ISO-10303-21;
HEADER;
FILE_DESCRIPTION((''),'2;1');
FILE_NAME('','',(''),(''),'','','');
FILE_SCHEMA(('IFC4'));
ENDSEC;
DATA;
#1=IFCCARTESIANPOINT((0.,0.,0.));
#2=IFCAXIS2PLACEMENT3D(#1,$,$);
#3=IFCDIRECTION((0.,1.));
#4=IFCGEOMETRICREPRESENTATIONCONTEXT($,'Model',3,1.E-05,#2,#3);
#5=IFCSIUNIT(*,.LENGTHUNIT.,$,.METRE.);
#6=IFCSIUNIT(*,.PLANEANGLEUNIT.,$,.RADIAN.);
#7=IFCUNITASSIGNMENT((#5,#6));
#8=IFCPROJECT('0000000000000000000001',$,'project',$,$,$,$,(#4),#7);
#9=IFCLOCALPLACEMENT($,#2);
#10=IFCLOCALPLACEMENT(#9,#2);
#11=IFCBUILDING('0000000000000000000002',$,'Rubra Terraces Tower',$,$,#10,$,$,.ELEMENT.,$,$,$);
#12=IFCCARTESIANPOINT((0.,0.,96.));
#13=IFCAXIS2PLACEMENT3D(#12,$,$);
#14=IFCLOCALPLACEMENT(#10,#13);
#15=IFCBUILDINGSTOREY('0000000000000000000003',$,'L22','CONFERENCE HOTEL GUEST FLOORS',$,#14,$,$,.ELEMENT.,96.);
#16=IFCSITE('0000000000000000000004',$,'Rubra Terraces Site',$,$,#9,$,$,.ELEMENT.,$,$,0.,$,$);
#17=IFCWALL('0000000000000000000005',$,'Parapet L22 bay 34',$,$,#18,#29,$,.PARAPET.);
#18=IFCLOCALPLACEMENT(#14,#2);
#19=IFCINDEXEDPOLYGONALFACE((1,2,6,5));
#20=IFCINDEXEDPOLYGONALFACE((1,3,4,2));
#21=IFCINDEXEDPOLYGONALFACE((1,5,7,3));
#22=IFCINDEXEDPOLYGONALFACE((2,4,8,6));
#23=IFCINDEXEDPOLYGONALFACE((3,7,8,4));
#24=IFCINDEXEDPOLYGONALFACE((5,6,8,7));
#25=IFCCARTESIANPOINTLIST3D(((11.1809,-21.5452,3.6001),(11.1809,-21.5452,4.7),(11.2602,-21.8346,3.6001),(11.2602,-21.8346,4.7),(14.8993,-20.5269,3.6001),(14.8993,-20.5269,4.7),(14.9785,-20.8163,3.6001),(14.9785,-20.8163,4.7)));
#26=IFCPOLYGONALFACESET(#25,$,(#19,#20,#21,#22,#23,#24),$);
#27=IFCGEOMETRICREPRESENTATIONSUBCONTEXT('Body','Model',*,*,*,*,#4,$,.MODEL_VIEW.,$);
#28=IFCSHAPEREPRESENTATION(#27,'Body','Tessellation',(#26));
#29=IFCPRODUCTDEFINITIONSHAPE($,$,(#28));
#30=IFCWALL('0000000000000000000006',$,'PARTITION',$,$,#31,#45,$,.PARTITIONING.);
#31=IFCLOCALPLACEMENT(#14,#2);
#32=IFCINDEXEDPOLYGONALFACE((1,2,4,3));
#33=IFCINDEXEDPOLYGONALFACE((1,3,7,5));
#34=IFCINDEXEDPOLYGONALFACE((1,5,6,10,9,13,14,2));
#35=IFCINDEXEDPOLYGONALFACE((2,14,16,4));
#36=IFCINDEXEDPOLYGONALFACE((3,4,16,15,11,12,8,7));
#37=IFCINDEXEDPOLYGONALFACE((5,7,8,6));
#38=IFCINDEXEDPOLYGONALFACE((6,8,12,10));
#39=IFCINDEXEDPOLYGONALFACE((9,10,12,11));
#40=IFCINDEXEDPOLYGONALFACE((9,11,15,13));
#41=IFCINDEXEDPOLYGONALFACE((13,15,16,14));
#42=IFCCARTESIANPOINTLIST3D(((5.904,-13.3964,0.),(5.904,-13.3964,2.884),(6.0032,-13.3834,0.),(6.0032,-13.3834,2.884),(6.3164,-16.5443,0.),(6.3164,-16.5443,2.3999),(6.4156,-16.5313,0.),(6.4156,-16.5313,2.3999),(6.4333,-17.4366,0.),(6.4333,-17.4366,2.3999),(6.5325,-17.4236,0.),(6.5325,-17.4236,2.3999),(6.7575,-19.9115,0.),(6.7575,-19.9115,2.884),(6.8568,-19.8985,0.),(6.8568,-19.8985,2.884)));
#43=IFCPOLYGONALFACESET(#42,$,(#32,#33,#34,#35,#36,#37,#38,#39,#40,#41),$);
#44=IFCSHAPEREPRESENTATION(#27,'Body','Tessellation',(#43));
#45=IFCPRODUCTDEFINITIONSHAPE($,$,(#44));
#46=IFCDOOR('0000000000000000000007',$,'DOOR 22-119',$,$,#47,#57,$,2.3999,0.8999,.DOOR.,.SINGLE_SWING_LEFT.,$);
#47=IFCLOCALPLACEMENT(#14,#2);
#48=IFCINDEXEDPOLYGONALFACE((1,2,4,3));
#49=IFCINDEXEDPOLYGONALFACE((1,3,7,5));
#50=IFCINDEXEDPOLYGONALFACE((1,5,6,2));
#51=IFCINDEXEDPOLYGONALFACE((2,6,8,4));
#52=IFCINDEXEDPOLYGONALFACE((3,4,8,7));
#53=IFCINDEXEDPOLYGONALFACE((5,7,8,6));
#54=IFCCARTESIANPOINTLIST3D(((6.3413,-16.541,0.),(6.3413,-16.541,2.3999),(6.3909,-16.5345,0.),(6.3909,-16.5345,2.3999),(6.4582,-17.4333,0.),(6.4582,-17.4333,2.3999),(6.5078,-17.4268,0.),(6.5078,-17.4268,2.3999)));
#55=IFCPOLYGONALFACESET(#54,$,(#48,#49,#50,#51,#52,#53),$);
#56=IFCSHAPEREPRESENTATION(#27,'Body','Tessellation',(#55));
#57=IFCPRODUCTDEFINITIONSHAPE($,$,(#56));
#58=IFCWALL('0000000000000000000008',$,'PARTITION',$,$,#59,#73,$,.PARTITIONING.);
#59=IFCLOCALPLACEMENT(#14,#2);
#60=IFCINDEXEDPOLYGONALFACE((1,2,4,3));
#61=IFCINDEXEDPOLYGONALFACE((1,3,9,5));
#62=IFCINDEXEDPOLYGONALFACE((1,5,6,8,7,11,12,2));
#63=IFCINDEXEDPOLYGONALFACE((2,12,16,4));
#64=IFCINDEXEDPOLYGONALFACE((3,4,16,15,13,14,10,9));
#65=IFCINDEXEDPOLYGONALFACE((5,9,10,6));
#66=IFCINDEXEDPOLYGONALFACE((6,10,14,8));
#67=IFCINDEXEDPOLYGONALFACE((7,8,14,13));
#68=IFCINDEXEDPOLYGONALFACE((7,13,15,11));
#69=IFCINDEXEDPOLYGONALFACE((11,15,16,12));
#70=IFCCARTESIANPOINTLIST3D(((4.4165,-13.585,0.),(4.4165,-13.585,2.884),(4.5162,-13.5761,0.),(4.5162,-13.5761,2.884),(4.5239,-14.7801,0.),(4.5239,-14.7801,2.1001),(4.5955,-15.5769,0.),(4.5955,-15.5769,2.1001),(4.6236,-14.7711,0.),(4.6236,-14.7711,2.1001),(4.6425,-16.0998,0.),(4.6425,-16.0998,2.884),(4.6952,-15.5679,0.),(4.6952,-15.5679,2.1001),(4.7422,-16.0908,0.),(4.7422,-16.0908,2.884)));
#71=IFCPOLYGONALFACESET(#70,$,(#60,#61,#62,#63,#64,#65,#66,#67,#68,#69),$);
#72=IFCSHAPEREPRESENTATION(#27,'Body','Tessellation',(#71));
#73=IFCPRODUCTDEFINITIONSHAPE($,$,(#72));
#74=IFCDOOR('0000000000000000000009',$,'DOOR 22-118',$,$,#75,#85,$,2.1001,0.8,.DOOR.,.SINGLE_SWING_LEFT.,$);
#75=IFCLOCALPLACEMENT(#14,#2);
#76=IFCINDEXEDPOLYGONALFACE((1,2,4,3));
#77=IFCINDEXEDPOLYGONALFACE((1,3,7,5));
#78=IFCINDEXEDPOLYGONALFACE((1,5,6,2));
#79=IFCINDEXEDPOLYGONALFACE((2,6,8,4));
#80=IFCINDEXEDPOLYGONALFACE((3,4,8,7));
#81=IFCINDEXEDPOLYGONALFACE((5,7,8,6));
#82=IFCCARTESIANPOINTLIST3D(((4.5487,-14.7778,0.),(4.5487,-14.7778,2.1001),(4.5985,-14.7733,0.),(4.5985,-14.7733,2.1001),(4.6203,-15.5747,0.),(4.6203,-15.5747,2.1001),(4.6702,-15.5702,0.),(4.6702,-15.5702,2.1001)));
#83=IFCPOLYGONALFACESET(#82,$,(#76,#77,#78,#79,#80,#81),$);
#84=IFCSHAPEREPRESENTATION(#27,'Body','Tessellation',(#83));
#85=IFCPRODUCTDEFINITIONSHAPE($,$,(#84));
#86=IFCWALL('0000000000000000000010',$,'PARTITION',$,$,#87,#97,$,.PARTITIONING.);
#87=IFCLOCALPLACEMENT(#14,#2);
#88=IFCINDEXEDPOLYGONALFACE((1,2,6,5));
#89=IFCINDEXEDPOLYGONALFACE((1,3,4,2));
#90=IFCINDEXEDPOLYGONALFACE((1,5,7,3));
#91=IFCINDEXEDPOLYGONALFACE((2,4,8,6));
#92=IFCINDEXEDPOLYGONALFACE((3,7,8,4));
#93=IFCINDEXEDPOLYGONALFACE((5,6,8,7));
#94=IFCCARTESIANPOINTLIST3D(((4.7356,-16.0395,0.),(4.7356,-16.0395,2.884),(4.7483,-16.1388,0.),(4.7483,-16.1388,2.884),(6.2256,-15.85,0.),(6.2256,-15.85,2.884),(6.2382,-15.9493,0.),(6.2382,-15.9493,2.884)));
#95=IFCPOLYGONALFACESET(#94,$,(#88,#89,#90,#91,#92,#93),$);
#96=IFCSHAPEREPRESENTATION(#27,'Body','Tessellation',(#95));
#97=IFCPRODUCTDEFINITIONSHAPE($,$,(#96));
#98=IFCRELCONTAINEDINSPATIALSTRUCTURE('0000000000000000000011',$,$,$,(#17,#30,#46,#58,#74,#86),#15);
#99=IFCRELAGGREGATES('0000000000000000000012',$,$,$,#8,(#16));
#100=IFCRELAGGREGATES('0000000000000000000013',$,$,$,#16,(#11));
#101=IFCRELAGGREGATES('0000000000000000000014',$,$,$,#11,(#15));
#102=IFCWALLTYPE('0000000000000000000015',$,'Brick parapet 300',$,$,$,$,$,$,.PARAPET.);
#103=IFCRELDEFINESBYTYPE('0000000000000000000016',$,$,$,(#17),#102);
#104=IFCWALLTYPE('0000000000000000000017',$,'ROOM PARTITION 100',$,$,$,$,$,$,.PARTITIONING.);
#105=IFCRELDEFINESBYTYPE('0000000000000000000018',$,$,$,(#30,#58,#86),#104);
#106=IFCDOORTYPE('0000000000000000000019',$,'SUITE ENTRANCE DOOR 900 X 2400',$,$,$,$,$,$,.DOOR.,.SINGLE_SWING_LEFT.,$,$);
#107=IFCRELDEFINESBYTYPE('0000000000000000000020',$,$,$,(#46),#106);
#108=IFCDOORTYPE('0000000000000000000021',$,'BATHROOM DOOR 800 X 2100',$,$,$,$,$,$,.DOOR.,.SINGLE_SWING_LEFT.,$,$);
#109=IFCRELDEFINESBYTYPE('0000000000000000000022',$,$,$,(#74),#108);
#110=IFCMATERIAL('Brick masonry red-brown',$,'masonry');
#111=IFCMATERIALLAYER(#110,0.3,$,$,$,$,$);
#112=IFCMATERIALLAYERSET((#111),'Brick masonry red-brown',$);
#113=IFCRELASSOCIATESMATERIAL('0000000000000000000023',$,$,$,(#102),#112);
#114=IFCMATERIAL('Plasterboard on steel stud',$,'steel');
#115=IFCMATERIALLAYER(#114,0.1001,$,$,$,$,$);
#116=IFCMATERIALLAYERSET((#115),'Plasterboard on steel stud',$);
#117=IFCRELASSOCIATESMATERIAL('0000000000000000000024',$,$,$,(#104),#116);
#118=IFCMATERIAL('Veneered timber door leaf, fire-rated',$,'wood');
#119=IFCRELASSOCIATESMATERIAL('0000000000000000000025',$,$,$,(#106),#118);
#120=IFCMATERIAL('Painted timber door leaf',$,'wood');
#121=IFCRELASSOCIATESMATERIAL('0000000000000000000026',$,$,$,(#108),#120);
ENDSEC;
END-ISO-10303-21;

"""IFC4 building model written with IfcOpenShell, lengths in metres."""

from ifc_helpers import new_model, si_unit, direction, frame, frame_2d, origin, place, context, subcontext, project, spatial, rectangle, extrude, material, layer, layer_set, type_object, element, fill, save


model = new_model("IFC4")

# Units and contexts
model_context = context("Model", 3, precision=1e-05, world=origin(), true_north=direction((0.0, 1.0)))
body_context = subcontext(model_context, "Body", "Model", "MODEL_VIEW")
ifc_project = project(units=[si_unit("LENGTHUNIT", "METRE"), si_unit("PLANEANGLEUNIT", "RADIAN")], contexts=[model_context])

# Site, building, storey
site_placement = place(None, origin())
site = spatial("IfcSite", under=ifc_project, at=site_placement, Name="Rubra Terraces Site", CompositionType="ELEMENT", RefElevation=0.0)
building_placement = place(site_placement, origin())
building = spatial("IfcBuilding", under=site, at=building_placement, Name="Rubra Terraces Tower", CompositionType="ELEMENT")
storey_placement = place(building_placement, frame((0.0, 0.0, 96.0)))
storey = spatial("IfcBuildingStorey", under=building, at=storey_placement, Name="L22", Description="CONFERENCE HOTEL GUEST FLOORS", CompositionType="ELEMENT", Elevation=96.0)

# Shared definitions
ifc_material_1 = material(Name="Brick masonry red-brown", Category="masonry")

# Wall
ifc_layer_1 = layer(ifc_material_1, 0.3)
ifc_layer_set_1 = layer_set([ifc_layer_1], Name="Brick masonry red-brown")
wall_type_1 = type_object("IfcWallType", Name="Brick parapet 300", PredefinedType="PARAPET", material=ifc_layer_set_1)
wall_1_placement = place(storey_placement, frame((11.2205, -21.6899, 3.6001), z_axis=(0.0, 0.0, 1.0), x_axis=(0.964484, 0.264141, 0.0)))
element("IfcWall", 1, at=wall_1_placement, inside=storey, type_object=wall_type_1, Name="Parapet L22 bay 34", PredefinedType="PARAPET", context=body_context, shape_type="SweptSolid", body=[
    extrude(rectangle(XDim=3.8552, YDim=0.3, at=frame_2d((1.9277, 0.0))), origin(), (0.0, 0.0, 1.0), 1.0999),
])

# Walls, openings, doors
ifc_material_2 = material(Name="Plasterboard on steel stud", Category="steel")
ifc_layer_2 = layer(ifc_material_2, 0.1001)
ifc_layer_set_2 = layer_set([ifc_layer_2], Name="Plasterboard on steel stud")
wall_type_2 = type_object("IfcWallType", Name="ROOM PARTITION 100", PredefinedType="PARTITIONING", material=ifc_layer_set_2)
wall_2_placement = place(storey_placement, frame((6.8071, -19.905, 0.0), z_axis=(0.0, 0.0, 1.0), x_axis=(-0.129895, 0.991528, 0.0)))
wall_2 = element("IfcWall", 2, at=wall_2_placement, inside=storey, type_object=wall_type_2, Name="PARTITION", PredefinedType="PARTITIONING", context=body_context, shape_type="SweptSolid", body=[
    extrude(rectangle(XDim=6.5708, YDim=0.1001, at=frame_2d((3.2854, 0.0))), origin(), (0.0, 0.0, 1.0), 2.884),
])
opening_1_placement = place(wall_2_placement, frame((2.4961, 0.0, 0.0)))
opening_1 = element("IfcOpeningElement", 3, at=opening_1_placement, cuts=wall_2, PredefinedType="OPENING", context=body_context, shape_type="SweptSolid", body=[
    extrude(rectangle(XDim=0.8999, YDim=2.3999, at=frame_2d((0.45, 1.2))), frame((0.0, 0.0601, 0.0), z_axis=(0.0, -1.0, 0.0), x_axis=(1.0, 0.0, 0.0)), (0.0, 0.0, 1.0), 0.1201),
])
ifc_material_3 = material(Name="Veneered timber door leaf, fire-rated", Category="wood")
door_type_1 = type_object("IfcDoorType", Name="SUITE ENTRANCE DOOR 900 X 2400", OperationType="SINGLE_SWING_LEFT", PredefinedType="DOOR", material=ifc_material_3)
door_1_placement = place(opening_1_placement, origin())
door_1 = element("IfcDoor", 4, at=door_1_placement, inside=storey, type_object=door_type_1, Name="DOOR 22-119", OperationType="SINGLE_SWING_LEFT", OverallHeight=2.3999, OverallWidth=0.8999, PredefinedType="DOOR", context=body_context, shape_type="SweptSolid", body=[
    extrude(rectangle(XDim=0.8999, YDim=2.3999, at=frame_2d((0.45, 1.2))), frame((0.0, 0.0249, 0.0), z_axis=(0.0, -1.0, 0.0), x_axis=(1.0, 0.0, 0.0)), (0.0, 0.0, 1.0), 0.05),
])
fill(opening_1, door_1)
wall_3_placement = place(storey_placement, frame((4.4663, -13.5806, 0.0), z_axis=(0.0, 0.0, 1.0), x_axis=(0.089542, -0.995983, 0.0)))
wall_3 = element("IfcWall", 5, at=wall_3_placement, inside=storey, type_object=wall_type_2, Name="PARTITION", PredefinedType="PARTITIONING", context=body_context, shape_type="SweptSolid", body=[
    extrude(rectangle(XDim=2.5249, YDim=0.1001, at=frame_2d((1.2625, 0.0))), origin(), (0.0, 0.0, 1.0), 2.884),
])
opening_2_placement = place(wall_3_placement, frame((1.2, 0.0, 0.0)))
opening_2 = element("IfcOpeningElement", 6, at=opening_2_placement, cuts=wall_3, PredefinedType="OPENING", context=body_context, shape_type="SweptSolid", body=[
    extrude(rectangle(XDim=0.8, YDim=2.1001, at=frame_2d((0.3999, 1.05))), frame((0.0, 0.0601, 0.0), z_axis=(0.0, -1.0, 0.0), x_axis=(1.0, 0.0, 0.0)), (0.0, 0.0, 1.0), 0.1201),
])
ifc_material_4 = material(Name="Painted timber door leaf", Category="wood")
door_type_2 = type_object("IfcDoorType", Name="BATHROOM DOOR 800 X 2100", OperationType="SINGLE_SWING_LEFT", PredefinedType="DOOR", material=ifc_material_4)
door_2_placement = place(opening_2_placement, origin())
door_2 = element("IfcDoor", 7, at=door_2_placement, inside=storey, type_object=door_type_2, Name="DOOR 22-118", OperationType="SINGLE_SWING_LEFT", OverallHeight=2.1001, OverallWidth=0.8, PredefinedType="DOOR", context=body_context, shape_type="SweptSolid", body=[
    extrude(rectangle(XDim=0.8, YDim=2.1001, at=frame_2d((0.3999, 1.05))), frame((0.0, 0.0249, 0.0), z_axis=(0.0, -1.0, 0.0), x_axis=(1.0, 0.0, 0.0)), (0.0, 0.0, 1.0), 0.05),
])
fill(opening_2, door_2)

# Wall
wall_4_placement = place(storey_placement, frame((4.7419, -16.0891, 0.0), z_axis=(0.0, 0.0, 1.0), x_axis=(0.992013, 0.126135, 0.0)))
element("IfcWall", 8, at=wall_4_placement, inside=storey, type_object=wall_type_2, Name="PARTITION", PredefinedType="PARTITIONING", context=body_context, shape_type="SweptSolid", body=[
    extrude(rectangle(XDim=1.502, YDim=0.1001, at=frame_2d((0.751, 0.0))), origin(), (0.0, 0.0, 1.0), 2.884),
])

save(model, "model.ifc")
